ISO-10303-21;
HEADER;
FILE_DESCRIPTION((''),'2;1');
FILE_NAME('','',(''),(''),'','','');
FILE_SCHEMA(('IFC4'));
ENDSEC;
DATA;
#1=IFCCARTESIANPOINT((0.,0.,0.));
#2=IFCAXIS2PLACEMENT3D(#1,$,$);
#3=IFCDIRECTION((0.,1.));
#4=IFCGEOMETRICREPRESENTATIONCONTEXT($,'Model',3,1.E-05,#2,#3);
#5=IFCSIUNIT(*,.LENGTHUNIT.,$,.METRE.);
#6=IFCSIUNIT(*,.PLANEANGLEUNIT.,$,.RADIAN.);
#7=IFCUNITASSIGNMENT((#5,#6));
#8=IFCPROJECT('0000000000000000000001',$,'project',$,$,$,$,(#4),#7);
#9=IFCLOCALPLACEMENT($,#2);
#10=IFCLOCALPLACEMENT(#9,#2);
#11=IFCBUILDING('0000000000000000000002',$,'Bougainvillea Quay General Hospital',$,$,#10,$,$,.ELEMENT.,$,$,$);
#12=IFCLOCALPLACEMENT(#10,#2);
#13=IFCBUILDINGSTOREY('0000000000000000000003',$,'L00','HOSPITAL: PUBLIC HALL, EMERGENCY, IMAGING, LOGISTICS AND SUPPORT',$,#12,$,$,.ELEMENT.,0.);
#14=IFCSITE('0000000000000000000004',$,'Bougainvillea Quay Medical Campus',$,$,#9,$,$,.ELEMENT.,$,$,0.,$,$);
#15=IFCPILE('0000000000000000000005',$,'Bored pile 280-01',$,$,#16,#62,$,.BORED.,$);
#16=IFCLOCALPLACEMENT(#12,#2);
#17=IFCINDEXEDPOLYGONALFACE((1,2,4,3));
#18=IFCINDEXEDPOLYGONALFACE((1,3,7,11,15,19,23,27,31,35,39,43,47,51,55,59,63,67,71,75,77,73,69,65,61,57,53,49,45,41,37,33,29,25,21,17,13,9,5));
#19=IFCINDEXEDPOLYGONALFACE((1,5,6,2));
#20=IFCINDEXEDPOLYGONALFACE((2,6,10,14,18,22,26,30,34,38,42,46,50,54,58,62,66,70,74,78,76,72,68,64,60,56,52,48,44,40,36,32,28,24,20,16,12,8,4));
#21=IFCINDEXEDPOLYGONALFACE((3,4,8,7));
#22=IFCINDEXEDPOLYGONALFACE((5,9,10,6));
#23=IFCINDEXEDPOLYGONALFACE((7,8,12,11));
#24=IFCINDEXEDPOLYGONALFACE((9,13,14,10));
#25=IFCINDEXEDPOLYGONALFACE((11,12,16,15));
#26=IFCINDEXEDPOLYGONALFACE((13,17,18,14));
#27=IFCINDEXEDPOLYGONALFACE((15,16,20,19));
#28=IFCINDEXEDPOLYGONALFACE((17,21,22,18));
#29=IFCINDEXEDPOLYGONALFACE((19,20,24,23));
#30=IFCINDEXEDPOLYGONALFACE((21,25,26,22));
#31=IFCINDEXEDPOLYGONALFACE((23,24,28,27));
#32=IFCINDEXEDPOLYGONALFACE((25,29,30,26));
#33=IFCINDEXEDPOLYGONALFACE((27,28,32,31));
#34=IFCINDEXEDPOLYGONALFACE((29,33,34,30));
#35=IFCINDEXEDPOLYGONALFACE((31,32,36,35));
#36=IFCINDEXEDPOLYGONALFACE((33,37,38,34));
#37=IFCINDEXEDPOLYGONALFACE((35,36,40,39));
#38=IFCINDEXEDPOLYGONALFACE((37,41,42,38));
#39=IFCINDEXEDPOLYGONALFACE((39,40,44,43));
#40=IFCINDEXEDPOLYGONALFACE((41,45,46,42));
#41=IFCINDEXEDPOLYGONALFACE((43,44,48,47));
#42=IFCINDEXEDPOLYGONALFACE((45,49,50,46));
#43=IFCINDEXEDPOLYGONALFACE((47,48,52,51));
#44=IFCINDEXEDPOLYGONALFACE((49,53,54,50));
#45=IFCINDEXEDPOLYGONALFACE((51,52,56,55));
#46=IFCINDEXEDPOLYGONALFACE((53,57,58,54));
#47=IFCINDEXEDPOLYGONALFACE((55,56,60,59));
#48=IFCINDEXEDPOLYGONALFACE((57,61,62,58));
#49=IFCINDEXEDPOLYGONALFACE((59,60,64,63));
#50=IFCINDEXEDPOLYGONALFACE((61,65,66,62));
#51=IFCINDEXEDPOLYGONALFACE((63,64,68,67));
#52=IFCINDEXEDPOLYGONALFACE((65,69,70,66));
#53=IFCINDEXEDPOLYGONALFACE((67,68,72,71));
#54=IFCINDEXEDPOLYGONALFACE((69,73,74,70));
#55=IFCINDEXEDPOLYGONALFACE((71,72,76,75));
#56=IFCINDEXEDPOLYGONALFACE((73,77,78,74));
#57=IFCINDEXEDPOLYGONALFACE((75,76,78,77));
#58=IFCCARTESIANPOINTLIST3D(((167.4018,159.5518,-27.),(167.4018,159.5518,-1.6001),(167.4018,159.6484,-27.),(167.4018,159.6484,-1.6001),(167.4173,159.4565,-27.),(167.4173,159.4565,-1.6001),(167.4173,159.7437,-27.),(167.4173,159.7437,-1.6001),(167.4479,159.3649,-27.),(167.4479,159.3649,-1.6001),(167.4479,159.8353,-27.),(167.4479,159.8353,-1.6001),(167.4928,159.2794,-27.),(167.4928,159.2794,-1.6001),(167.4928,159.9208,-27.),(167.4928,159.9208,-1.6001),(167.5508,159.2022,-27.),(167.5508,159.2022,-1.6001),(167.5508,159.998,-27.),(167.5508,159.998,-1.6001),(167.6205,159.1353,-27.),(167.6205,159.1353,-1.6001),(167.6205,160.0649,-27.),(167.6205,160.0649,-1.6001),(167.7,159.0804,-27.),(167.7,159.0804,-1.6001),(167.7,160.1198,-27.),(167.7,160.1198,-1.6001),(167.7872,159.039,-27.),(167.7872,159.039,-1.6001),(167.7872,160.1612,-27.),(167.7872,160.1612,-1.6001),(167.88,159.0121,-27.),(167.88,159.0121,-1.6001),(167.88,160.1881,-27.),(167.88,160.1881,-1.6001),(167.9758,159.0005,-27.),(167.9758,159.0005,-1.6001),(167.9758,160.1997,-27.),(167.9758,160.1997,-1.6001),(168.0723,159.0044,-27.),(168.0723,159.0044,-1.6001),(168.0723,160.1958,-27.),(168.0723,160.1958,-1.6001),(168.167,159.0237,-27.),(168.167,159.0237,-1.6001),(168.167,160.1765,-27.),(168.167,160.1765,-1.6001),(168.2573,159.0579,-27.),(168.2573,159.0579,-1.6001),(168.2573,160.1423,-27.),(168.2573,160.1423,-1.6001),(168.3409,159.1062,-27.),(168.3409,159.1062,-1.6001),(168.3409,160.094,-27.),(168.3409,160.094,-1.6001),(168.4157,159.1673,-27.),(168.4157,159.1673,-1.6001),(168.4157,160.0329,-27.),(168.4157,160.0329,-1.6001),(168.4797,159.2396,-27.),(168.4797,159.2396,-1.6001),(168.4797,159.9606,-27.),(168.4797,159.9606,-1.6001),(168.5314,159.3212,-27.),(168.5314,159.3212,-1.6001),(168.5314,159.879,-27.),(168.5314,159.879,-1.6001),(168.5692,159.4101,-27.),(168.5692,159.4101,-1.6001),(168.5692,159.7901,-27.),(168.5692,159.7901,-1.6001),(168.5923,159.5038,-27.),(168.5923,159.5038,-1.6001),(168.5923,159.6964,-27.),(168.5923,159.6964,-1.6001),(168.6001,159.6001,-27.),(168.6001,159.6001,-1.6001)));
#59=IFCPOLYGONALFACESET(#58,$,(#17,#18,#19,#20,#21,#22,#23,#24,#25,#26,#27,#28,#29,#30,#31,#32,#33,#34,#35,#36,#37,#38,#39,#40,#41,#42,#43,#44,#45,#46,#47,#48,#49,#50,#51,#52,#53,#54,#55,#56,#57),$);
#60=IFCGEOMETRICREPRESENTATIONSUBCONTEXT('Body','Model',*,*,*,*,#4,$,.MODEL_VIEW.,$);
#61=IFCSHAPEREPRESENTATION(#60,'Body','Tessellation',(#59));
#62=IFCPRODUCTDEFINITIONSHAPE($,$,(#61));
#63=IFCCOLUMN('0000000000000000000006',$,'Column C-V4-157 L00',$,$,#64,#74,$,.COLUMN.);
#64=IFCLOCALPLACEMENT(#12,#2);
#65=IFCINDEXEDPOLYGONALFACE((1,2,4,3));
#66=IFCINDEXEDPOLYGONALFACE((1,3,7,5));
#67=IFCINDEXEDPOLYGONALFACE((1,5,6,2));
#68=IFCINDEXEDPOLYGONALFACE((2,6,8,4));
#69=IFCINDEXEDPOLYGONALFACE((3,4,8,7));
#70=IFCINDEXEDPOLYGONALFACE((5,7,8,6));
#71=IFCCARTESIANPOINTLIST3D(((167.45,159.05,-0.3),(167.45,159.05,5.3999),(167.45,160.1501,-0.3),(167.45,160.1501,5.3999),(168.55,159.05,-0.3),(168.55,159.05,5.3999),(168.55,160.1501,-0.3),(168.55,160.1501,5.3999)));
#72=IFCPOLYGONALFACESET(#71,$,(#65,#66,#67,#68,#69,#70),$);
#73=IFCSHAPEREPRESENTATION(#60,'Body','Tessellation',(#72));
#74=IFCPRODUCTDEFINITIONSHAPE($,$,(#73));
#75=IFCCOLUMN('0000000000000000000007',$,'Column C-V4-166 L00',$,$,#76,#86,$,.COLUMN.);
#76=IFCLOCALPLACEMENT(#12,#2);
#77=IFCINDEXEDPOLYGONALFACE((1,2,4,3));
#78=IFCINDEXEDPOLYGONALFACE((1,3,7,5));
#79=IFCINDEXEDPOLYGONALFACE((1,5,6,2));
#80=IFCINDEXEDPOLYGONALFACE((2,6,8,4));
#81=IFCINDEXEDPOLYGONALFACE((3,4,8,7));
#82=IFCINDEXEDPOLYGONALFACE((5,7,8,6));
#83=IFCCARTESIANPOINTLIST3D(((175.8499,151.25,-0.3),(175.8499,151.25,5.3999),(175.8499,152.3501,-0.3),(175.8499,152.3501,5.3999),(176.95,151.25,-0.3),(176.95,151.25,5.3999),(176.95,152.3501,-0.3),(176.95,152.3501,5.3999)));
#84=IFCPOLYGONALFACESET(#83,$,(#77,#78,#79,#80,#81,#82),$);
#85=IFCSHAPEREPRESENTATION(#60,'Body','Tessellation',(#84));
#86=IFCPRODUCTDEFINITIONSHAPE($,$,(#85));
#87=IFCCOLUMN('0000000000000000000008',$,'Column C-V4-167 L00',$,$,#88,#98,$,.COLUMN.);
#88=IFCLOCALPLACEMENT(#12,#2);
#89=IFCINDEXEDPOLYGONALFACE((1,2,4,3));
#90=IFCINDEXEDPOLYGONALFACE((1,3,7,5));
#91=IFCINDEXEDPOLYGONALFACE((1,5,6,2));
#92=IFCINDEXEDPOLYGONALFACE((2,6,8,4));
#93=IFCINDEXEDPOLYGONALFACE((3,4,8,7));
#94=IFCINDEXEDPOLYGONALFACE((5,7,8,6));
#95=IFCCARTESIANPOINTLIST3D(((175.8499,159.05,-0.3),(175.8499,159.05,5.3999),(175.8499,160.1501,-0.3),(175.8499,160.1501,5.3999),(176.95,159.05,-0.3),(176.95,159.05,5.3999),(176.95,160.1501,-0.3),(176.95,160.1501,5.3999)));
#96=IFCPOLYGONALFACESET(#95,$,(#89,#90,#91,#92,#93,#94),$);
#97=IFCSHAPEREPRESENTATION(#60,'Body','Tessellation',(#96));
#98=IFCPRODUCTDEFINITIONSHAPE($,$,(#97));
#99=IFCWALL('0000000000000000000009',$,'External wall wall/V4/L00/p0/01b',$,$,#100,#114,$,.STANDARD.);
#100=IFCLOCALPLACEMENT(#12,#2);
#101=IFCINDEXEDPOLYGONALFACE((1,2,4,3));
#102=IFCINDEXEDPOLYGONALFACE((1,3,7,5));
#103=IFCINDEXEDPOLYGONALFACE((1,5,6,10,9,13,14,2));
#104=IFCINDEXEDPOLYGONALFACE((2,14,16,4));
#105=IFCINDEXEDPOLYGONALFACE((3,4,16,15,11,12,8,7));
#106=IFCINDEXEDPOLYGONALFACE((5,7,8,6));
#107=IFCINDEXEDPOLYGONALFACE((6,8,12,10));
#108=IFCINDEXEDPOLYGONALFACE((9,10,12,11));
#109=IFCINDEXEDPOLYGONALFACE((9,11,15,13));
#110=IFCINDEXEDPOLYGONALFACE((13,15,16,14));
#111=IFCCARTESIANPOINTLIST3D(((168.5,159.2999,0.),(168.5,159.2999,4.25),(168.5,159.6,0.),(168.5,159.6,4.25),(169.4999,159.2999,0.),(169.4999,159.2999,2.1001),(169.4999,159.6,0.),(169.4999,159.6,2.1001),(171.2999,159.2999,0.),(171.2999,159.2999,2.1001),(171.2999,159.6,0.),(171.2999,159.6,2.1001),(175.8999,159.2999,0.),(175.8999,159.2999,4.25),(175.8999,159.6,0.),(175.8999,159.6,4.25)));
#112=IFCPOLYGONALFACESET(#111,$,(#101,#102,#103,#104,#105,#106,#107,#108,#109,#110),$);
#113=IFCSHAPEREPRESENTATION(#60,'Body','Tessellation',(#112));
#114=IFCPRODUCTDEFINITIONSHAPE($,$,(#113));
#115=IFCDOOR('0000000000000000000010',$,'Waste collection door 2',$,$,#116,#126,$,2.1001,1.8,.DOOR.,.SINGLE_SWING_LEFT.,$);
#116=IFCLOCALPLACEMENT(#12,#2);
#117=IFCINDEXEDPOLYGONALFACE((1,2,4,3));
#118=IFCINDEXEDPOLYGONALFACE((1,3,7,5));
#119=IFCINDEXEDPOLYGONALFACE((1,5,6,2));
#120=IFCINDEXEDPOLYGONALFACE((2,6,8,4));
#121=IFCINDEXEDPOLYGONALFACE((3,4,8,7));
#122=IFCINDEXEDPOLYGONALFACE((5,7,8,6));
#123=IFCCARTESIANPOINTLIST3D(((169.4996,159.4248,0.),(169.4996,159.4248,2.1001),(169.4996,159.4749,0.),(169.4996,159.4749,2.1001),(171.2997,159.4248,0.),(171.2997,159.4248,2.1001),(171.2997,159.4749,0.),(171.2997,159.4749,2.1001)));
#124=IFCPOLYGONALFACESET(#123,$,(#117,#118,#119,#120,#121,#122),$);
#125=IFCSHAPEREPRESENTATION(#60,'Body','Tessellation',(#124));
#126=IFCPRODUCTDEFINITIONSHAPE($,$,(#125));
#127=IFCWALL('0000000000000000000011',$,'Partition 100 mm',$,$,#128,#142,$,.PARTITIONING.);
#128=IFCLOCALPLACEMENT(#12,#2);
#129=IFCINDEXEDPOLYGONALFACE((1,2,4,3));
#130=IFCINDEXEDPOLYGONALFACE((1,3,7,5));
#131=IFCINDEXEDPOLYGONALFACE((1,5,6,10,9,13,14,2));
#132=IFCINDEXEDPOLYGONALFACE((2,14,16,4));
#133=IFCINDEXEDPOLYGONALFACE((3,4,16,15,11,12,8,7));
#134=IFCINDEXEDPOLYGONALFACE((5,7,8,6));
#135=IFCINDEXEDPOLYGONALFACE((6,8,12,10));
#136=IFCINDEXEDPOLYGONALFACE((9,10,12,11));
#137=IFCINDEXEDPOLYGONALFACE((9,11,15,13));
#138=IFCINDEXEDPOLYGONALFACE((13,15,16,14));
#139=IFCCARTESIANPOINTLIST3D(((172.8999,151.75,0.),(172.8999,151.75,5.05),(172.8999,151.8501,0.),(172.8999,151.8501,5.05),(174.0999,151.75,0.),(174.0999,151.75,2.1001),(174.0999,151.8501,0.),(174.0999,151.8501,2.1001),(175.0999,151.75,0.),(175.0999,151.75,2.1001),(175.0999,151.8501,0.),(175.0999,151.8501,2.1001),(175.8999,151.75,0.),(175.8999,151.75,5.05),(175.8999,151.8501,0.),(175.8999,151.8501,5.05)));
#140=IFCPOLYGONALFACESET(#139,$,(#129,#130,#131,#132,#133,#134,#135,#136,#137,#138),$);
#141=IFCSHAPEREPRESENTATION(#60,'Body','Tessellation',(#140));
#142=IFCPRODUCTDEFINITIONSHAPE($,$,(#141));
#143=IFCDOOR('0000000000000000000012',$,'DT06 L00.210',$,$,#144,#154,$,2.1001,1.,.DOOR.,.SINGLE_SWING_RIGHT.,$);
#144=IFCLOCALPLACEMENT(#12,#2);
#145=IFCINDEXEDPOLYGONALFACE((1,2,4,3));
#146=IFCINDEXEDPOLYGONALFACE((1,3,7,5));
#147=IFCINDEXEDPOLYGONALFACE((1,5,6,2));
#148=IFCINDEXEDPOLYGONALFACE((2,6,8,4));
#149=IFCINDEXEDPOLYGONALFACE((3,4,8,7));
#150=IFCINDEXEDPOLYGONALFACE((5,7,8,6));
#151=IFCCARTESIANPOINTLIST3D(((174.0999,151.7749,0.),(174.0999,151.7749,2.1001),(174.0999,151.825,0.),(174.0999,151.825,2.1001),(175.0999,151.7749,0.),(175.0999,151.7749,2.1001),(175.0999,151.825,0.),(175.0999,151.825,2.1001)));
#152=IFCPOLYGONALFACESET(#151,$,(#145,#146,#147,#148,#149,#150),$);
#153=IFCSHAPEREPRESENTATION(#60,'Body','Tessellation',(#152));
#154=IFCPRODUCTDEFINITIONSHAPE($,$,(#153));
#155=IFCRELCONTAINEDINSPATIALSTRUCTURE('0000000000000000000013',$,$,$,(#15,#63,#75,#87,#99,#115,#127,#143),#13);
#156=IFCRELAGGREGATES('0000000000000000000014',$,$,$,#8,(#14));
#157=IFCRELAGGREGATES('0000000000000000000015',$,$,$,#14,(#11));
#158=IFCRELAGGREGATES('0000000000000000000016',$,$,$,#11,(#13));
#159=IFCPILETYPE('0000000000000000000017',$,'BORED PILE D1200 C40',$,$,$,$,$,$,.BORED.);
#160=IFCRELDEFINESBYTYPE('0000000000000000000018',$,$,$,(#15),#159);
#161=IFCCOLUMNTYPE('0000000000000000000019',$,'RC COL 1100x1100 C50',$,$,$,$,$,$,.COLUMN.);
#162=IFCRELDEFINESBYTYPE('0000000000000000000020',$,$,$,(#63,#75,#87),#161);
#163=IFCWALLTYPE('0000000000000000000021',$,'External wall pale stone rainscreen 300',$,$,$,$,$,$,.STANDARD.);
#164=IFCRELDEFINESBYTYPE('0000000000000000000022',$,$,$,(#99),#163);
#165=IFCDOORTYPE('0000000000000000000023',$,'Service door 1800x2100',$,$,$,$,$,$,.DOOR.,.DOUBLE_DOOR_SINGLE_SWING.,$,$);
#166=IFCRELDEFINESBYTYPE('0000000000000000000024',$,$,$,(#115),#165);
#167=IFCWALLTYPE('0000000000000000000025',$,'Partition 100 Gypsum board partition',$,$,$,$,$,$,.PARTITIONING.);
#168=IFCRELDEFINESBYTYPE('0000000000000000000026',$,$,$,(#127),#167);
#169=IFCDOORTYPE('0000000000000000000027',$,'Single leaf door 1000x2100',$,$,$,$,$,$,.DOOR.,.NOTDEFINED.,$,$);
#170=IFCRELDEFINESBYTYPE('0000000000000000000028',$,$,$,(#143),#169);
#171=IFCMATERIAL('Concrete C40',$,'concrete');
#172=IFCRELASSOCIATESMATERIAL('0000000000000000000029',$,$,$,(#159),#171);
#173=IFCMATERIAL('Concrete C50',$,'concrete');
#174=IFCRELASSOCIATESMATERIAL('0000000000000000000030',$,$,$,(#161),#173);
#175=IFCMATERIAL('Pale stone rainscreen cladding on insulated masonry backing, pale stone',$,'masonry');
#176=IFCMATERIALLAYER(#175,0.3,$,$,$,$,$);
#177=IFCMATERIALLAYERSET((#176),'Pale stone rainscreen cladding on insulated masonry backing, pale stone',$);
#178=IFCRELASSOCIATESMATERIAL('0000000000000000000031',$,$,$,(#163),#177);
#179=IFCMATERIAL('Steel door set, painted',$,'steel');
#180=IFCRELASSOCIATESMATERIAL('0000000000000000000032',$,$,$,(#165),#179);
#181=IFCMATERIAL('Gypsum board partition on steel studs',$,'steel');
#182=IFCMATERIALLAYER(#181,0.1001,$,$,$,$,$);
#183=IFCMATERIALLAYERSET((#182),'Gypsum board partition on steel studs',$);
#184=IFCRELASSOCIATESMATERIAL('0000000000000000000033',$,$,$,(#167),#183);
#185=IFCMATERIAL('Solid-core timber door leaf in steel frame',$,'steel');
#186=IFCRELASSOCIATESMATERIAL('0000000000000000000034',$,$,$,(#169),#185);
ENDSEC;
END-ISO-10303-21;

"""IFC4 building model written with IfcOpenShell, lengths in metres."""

from ifc_helpers import new_model, si_unit, direction, frame, frame_2d, origin, origin_2d, place, context, subcontext, project, spatial, rectangle, circle, extrude, material, layer, layer_set, material_profile, profile_set, type_object, element, fill, save


model = new_model("IFC4")

# Units and contexts
model_context = context("Model", 3, precision=1e-05, world=origin(), true_north=direction((0.0, 1.0)))
body_context = subcontext(model_context, "Body", "Model", "MODEL_VIEW")
ifc_project = project(units=[si_unit("LENGTHUNIT", "METRE"), si_unit("PLANEANGLEUNIT", "RADIAN")], contexts=[model_context])

# Site, building, storey
site_placement = place(None, origin())
site = spatial("IfcSite", under=ifc_project, at=site_placement, Name="Bougainvillea Quay Medical Campus", CompositionType="ELEMENT", RefElevation=0.0)
building_placement = place(site_placement, origin())
building = spatial("IfcBuilding", under=site, at=building_placement, Name="Bougainvillea Quay General Hospital", CompositionType="ELEMENT")
storey_placement = place(building_placement, origin())
storey = spatial("IfcBuildingStorey", under=building, at=storey_placement, Name="L00", Description="HOSPITAL: PUBLIC HALL, EMERGENCY, IMAGING, LOGISTICS AND SUPPORT", CompositionType="ELEMENT", Elevation=0.0)

# Pile
ifc_material_1 = material(Name="Concrete C40", Category="concrete")
ifc_material_profile_1 = material_profile(ifc_material_1, circle(Radius=0.6001, at=origin_2d()))
ifc_profile_set_1 = profile_set([ifc_material_profile_1], Name="Concrete C40")
pile_type = type_object("IfcPileType", Name="BORED PILE D1200 C40", PredefinedType="BORED", material=ifc_profile_set_1)
pile_placement = place(storey_placement, frame((168.0, 159.6001, -1.6001), z_axis=(0.0, 0.0, -1.0), x_axis=(1.0, 0.0, 0.0)))
element("IfcPile", 1, at=pile_placement, inside=storey, type_object=pile_type, Name="Bored pile 280-01", PredefinedType="BORED", context=body_context, shape_type="SweptSolid", body=[
    extrude(circle(Radius=0.6001, at=origin_2d()), origin(), (0.0, 0.0, 1.0), 25.3999),
])

# Columns
ifc_material_2 = material(Name="Concrete C50", Category="concrete")
ifc_material_profile_2 = material_profile(ifc_material_2, rectangle(XDim=1.1001, YDim=1.1001, at=origin_2d()))
ifc_profile_set_2 = profile_set([ifc_material_profile_2], Name="Concrete C50")
column_type = type_object("IfcColumnType", Name="RC COL 1100x1100 C50", PredefinedType="COLUMN", material=ifc_profile_set_2)
for number, where, z_axis, x_axis, name in (
    (2, (168.0, 159.6001, -0.3), (0.0, 0.0, 1.0), (1.0, 0.0, 0.0), "Column C-V4-157 L00"),
    (3, (176.3999, 151.8, -0.3), (0.0, 0.0, 1.0), (1.0, 0.0, 0.0), "Column C-V4-166 L00"),
    (4, (176.3999, 159.6001, -0.3), (0.0, 0.0, 1.0), (1.0, 0.0, 0.0), "Column C-V4-167 L00"),
):
    element("IfcColumn", number, at=place(storey_placement, frame(where, z_axis=z_axis, x_axis=x_axis)), inside=storey, type_object=column_type, Name=name, PredefinedType="COLUMN", context=body_context, shape_type="SweptSolid", body=[
        extrude(rectangle(XDim=1.1001, YDim=1.1001, at=origin_2d()), origin(), (0.0, 0.0, 1.0), 5.7),
    ])

# Walls, openings, doors
ifc_material_3 = material(Name="Pale stone rainscreen cladding on insulated masonry backing, pale stone", Category="masonry")
ifc_layer_1 = layer(ifc_material_3, 0.3)
ifc_layer_set_1 = layer_set([ifc_layer_1], Name="Pale stone rainscreen cladding on insulated masonry backing, pale stone")
wall_type_1 = type_object("IfcWallType", Name="External wall pale stone rainscreen 300", PredefinedType="STANDARD", material=ifc_layer_set_1)
wall_1_placement = place(storey_placement, frame((175.8999, 159.45, 0.0), z_axis=(0.0, 0.0, 1.0), x_axis=(-1.0, 0.0, 0.0)))
wall_1 = element("IfcWall", 5, at=wall_1_placement, inside=storey, type_object=wall_type_1, Name="External wall wall/V4/L00/p0/01b", PredefinedType="STANDARD", context=body_context, shape_type="SweptSolid", body=[
    extrude(rectangle(XDim=7.3999, YDim=0.3, at=frame_2d((3.7, 0.0))), origin(), (0.0, 0.0, 1.0), 4.25),
])
opening_1_placement = place(wall_1_placement, frame((4.6001, 0.0, 0.0)))
opening_1 = element("IfcOpeningElement", 6, at=opening_1_placement, cuts=wall_1, PredefinedType="OPENING", context=body_context, shape_type="SweptSolid", body=[
    extrude(rectangle(XDim=1.8, YDim=2.1001, at=frame_2d((0.8999, 1.05))), frame((0.0, 0.1599, 0.0), z_axis=(0.0, -1.0, 0.0), x_axis=(1.0, 0.0, 0.0)), (0.0, 0.0, 1.0), 0.3201),
])
ifc_material_4 = material(Name="Steel door set, painted", Category="steel")
door_type_1 = type_object("IfcDoorType", Name="Service door 1800x2100", OperationType="DOUBLE_DOOR_SINGLE_SWING", PredefinedType="DOOR", material=ifc_material_4)
door_1_placement = place(opening_1_placement, frame((1.8, 0.0, 0.0), z_axis=(0.0, 0.0, 1.0), x_axis=(-1.0, 0.0, 0.0)))
door_1 = element("IfcDoor", 7, at=door_1_placement, inside=storey, type_object=door_type_1, Name="Waste collection door 2", OperationType="SINGLE_SWING_LEFT", OverallHeight=2.1001, OverallWidth=1.8, PredefinedType="DOOR", context=body_context, shape_type="SweptSolid", body=[
    extrude(rectangle(XDim=1.8, YDim=2.1001, at=frame_2d((0.8999, 1.05))), frame((0.0, 0.0249, 0.0), z_axis=(0.0, -1.0, 0.0), x_axis=(1.0, 0.0, 0.0)), (0.0, 0.0, 1.0), 0.05),
])
fill(opening_1, door_1)
ifc_material_5 = material(Name="Gypsum board partition on steel studs", Category="steel")
ifc_layer_2 = layer(ifc_material_5, 0.1001)
ifc_layer_set_2 = layer_set([ifc_layer_2], Name="Gypsum board partition on steel studs")
wall_type_2 = type_object("IfcWallType", Name="Partition 100 Gypsum board partition", PredefinedType="PARTITIONING", material=ifc_layer_set_2)
wall_2_placement = place(storey_placement, frame((172.8999, 151.8, 0.0), z_axis=(0.0, 0.0, 1.0), x_axis=(1.0, 0.0, 0.0)))
wall_2 = element("IfcWall", 8, at=wall_2_placement, inside=storey, type_object=wall_type_2, Name="Partition 100 mm", PredefinedType="PARTITIONING", context=body_context, shape_type="SweptSolid", body=[
    extrude(rectangle(XDim=3.0, YDim=0.1001, at=frame_2d((1.5, 0.0))), origin(), (0.0, 0.0, 1.0), 5.05),
])
opening_2_placement = place(wall_2_placement, frame((1.2, 0.0, 0.0)))
opening_2 = element("IfcOpeningElement", 9, at=opening_2_placement, cuts=wall_2, PredefinedType="OPENING", context=body_context, shape_type="SweptSolid", body=[
    extrude(rectangle(XDim=1.0, YDim=2.1001, at=frame_2d((0.5, 1.05))), frame((0.0, 0.0601, 0.0), z_axis=(0.0, -1.0, 0.0), x_axis=(1.0, 0.0, 0.0)), (0.0, 0.0, 1.0), 0.1201),
])
ifc_material_6 = material(Name="Solid-core timber door leaf in steel frame", Category="steel")
door_type_2 = type_object("IfcDoorType", Name="Single leaf door 1000x2100", OperationType="NOTDEFINED", PredefinedType="DOOR", material=ifc_material_6)
door_2_placement = place(opening_2_placement, origin())
door_2 = element("IfcDoor", 10, at=door_2_placement, inside=storey, type_object=door_type_2, Name="DT06 L00.210", OperationType="SINGLE_SWING_RIGHT", OverallHeight=2.1001, OverallWidth=1.0, PredefinedType="DOOR", context=body_context, shape_type="SweptSolid", body=[
    extrude(rectangle(XDim=1.0, YDim=2.1001, at=frame_2d((0.5, 1.05))), frame((0.0, 0.0249, 0.0), z_axis=(0.0, -1.0, 0.0), x_axis=(1.0, 0.0, 0.0)), (0.0, 0.0, 1.0), 0.05),
])
fill(opening_2, door_2)

save(model, "model.ifc")
